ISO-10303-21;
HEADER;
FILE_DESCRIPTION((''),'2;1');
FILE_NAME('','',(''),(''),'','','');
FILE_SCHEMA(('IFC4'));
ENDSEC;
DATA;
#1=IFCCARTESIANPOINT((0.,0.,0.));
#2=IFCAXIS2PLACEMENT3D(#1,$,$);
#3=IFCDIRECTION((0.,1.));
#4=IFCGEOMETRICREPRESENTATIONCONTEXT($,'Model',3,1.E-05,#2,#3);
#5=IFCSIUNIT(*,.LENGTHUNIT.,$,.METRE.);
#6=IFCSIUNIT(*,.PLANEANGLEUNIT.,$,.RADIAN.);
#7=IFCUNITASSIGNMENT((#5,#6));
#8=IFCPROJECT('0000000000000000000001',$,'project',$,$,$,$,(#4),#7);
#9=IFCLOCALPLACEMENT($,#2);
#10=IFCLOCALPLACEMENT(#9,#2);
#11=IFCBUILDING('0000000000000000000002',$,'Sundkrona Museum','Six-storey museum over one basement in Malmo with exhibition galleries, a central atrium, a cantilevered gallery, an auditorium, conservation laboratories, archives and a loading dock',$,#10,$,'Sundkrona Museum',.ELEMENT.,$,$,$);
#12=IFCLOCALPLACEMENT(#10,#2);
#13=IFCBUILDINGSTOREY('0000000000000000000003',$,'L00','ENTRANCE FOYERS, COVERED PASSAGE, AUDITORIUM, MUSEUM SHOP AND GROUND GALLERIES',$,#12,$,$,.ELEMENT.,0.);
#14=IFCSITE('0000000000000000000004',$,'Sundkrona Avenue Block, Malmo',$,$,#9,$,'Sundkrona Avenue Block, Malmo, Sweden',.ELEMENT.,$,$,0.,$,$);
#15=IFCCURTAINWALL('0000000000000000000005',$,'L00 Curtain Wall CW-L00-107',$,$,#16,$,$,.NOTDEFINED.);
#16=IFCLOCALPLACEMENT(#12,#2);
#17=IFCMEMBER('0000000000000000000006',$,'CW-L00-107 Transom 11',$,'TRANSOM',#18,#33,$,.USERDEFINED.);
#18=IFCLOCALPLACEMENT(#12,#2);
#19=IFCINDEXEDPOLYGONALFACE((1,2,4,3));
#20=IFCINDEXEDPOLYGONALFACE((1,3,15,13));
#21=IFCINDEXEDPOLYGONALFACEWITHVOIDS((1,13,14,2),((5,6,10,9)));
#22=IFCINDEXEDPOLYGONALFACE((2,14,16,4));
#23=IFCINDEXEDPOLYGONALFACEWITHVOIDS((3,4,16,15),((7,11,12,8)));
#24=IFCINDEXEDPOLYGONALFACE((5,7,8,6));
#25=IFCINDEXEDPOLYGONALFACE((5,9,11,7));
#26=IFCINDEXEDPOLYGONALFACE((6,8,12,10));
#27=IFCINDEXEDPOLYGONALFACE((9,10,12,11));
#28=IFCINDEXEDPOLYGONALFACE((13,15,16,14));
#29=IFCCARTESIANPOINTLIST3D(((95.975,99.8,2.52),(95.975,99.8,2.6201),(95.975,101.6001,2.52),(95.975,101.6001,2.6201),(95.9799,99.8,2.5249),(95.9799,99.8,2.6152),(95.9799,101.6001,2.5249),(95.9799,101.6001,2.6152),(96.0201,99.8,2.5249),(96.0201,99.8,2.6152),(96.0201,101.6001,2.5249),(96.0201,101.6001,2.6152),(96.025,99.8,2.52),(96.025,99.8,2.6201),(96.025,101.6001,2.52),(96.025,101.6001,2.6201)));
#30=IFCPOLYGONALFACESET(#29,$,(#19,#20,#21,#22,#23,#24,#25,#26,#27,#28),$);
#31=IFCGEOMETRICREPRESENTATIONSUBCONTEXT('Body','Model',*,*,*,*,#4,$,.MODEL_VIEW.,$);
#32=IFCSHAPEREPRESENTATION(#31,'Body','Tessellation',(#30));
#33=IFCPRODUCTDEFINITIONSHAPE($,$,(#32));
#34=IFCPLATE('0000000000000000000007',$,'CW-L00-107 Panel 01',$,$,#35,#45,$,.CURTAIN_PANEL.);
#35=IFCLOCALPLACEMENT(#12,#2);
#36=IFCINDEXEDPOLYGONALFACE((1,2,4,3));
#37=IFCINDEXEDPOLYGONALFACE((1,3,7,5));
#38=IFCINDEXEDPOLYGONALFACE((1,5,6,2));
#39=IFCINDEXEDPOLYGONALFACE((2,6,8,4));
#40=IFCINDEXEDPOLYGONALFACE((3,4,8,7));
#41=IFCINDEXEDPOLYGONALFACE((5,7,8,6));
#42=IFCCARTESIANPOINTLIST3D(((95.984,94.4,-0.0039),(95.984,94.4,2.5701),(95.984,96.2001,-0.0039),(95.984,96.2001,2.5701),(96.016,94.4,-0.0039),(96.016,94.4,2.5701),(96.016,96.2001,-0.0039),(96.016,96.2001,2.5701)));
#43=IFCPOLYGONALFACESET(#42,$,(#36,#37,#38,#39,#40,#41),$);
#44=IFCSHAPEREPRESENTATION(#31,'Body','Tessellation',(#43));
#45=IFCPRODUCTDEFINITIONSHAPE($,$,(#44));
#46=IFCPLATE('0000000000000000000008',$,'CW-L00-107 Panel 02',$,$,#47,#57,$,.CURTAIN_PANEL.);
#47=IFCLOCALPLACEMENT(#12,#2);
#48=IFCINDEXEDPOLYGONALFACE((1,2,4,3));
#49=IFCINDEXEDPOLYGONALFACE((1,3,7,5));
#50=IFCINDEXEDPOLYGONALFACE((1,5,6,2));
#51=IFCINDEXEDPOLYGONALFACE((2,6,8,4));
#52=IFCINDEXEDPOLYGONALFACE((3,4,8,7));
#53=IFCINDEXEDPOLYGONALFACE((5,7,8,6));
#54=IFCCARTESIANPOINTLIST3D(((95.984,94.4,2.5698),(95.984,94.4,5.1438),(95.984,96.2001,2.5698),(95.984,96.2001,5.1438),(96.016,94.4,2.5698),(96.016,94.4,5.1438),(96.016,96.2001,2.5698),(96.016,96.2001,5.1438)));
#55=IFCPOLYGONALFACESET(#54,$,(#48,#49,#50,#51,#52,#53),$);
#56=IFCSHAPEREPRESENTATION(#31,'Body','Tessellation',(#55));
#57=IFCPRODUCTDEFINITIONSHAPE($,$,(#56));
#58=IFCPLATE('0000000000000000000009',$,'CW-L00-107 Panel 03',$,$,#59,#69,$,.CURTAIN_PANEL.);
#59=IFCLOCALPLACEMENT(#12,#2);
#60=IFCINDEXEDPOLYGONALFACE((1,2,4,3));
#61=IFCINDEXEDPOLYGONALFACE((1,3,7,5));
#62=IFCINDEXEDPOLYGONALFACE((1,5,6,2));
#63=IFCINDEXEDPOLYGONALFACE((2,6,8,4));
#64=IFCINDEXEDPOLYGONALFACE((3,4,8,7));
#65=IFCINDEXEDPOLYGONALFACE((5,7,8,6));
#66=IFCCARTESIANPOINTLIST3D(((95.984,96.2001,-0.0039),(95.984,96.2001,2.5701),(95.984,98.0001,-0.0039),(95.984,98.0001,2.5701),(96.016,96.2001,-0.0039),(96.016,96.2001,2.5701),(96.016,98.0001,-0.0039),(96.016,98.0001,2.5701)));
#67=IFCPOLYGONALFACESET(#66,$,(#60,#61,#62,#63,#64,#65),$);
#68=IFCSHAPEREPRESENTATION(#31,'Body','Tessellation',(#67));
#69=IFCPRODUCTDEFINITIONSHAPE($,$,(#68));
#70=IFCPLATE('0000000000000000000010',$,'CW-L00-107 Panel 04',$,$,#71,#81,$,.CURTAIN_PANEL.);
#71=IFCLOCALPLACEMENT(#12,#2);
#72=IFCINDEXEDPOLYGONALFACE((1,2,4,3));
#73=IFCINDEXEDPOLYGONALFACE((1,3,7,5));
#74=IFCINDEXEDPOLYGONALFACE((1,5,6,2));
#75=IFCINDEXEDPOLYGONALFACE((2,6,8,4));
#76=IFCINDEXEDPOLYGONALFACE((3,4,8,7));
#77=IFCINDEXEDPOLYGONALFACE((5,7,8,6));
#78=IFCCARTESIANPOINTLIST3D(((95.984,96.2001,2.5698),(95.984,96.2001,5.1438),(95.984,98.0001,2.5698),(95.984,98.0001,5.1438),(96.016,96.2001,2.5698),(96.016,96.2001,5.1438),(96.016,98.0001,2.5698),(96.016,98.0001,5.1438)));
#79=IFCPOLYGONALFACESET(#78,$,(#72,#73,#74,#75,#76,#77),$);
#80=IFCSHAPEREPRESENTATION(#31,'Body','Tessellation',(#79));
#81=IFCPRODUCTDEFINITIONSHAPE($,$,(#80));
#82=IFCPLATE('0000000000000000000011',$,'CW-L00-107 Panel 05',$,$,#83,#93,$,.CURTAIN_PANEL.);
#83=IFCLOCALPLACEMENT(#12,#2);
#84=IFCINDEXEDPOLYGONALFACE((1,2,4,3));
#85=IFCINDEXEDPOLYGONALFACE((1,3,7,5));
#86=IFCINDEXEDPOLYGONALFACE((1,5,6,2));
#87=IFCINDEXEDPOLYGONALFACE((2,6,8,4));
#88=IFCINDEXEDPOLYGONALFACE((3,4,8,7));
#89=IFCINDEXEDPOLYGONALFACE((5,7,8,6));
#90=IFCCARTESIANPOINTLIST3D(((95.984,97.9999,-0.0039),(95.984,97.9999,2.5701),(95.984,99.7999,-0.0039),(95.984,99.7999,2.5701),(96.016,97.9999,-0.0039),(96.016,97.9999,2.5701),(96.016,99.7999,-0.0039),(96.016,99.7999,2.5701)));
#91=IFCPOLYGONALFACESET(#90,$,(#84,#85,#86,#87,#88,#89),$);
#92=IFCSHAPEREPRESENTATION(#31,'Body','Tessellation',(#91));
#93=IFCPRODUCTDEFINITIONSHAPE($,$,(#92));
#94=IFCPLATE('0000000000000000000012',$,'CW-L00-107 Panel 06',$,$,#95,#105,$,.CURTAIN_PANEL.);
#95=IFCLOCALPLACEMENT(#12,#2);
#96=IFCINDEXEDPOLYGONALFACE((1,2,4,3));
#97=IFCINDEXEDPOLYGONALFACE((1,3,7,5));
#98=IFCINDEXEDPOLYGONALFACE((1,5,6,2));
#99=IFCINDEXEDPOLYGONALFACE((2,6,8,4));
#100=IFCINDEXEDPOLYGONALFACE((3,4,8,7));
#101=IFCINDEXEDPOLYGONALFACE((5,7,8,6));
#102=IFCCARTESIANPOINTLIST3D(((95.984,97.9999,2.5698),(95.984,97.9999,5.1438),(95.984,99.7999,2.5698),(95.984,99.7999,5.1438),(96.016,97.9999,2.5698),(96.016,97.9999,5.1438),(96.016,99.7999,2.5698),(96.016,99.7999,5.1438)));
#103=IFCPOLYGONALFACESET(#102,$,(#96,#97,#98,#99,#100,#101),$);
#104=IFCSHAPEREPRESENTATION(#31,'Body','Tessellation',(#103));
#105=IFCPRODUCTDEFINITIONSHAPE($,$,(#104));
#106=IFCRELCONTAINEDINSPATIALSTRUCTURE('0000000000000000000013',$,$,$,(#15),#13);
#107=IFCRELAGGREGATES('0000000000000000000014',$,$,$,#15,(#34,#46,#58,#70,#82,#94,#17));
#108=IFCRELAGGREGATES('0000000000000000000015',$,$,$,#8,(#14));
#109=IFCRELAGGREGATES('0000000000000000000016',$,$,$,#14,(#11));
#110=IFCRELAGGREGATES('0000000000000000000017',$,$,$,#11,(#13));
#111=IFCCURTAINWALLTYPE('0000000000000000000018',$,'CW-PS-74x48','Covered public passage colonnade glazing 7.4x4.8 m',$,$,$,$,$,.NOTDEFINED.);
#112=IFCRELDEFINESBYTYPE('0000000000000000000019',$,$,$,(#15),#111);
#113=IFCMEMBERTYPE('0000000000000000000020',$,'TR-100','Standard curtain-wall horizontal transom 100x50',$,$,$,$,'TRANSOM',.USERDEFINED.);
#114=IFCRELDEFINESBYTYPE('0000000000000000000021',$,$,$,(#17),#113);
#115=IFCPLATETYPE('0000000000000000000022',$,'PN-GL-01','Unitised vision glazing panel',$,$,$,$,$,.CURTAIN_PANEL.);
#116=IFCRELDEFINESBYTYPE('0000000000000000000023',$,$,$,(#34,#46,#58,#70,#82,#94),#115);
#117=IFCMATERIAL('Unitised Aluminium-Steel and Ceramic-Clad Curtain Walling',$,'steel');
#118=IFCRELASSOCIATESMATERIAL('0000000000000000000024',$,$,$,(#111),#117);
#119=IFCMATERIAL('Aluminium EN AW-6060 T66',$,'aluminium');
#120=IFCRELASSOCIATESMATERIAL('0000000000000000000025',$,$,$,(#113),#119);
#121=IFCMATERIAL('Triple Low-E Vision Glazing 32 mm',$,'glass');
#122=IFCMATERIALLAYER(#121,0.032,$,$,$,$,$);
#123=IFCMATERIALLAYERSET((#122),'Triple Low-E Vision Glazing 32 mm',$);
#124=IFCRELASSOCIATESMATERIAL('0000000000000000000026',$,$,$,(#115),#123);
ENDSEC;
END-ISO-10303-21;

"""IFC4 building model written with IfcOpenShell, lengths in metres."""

from ifc_helpers import new_model, si_unit, direction, frame, origin, origin_2d, place, context, subcontext, project, spatial, rectangle, hollow_rectangle, extrude, material, layer, layer_set, material_profile, profile_set, type_object, element, aggregate, save


model = new_model("IFC4")

# Units and contexts
model_context = context("Model", 3, precision=1e-05, world=origin(), true_north=direction((0.0, 1.0)))
body_context = subcontext(model_context, "Body", "Model", "MODEL_VIEW")
ifc_project = project(units=[si_unit("LENGTHUNIT", "METRE"), si_unit("PLANEANGLEUNIT", "RADIAN")], contexts=[model_context])

# Site, building, storey
site_placement = place(None, origin())
site = spatial("IfcSite", under=ifc_project, at=site_placement, Name="Sundkrona Avenue Block, Malmo", LongName="Sundkrona Avenue Block, Malmo, Sweden", CompositionType="ELEMENT", RefElevation=0.0)
building_placement = place(site_placement, origin())
building = spatial("IfcBuilding", under=site, at=building_placement, Name="Sundkrona Museum", Description="Six-storey museum over one basement in Malmo with exhibition galleries, a central atrium, a cantilevered gallery, an auditorium, conservation laboratories, archives and a loading dock", LongName="Sundkrona Museum", CompositionType="ELEMENT")
storey_placement = place(building_placement, origin())
storey = spatial("IfcBuildingStorey", under=building, at=storey_placement, Name="L00", Description="ENTRANCE FOYERS, COVERED PASSAGE, AUDITORIUM, MUSEUM SHOP AND GROUND GALLERIES", CompositionType="ELEMENT", Elevation=0.0)

# Curtain wall, member, plates
ifc_material_1 = material(Name="Unitised Aluminium-Steel and Ceramic-Clad Curtain Walling", Category="steel")
curtain_wall_type = type_object("IfcCurtainWallType", Name="CW-PS-74x48", Description="Covered public passage colonnade glazing 7.4x4.8 m", PredefinedType="NOTDEFINED", material=ifc_material_1)
curtain_wall_placement = place(storey_placement, origin())
curtain_wall = element("IfcCurtainWall", 1, at=curtain_wall_placement, inside=storey, type_object=curtain_wall_type, Name="L00 Curtain Wall CW-L00-107", PredefinedType="NOTDEFINED")
ifc_material_2 = material(Name="Aluminium EN AW-6060 T66", Category="aluminium")
ifc_material_profile_1 = material_profile(ifc_material_2, hollow_rectangle(XDim=0.05, YDim=0.1001, WallThickness=0.0049, at=origin_2d()), Name="RHS 100x50x5.0")
ifc_profile_set_1 = profile_set([ifc_material_profile_1], Name="Aluminium EN AW-6060 T66")
member_type_1 = type_object("IfcMemberType", Name="TR-100", Description="Standard curtain-wall horizontal transom 100x50", ElementType="TRANSOM", PredefinedType="USERDEFINED", material=ifc_profile_set_1)
member_1_placement = place(storey_placement, frame((96.0, 99.8, 2.5701), z_axis=(0.0, 1.0, 0.0), x_axis=(-1.0, 0.0, 0.0)))
member_1 = element("IfcMember", 2, at=member_1_placement, type_object=member_type_1, Name="CW-L00-107 Transom 11", ObjectType="TRANSOM", PredefinedType="USERDEFINED", context=body_context, shape_type="SweptSolid", body=[
    extrude(hollow_rectangle(XDim=0.05, YDim=0.1001, WallThickness=0.0049, at=origin_2d()), origin(), (0.0, 0.0, 1.0), 1.8),
])
ifc_material_3 = material(Name="Triple Low-E Vision Glazing 32 mm", Category="glass")
ifc_layer = layer(ifc_material_3, 0.032)
ifc_layer_set = layer_set([ifc_layer], Name="Triple Low-E Vision Glazing 32 mm")
plate_type = type_object("IfcPlateType", Name="PN-GL-01", Description="Unitised vision glazing panel", PredefinedType="CURTAIN_PANEL", material=ifc_layer_set)
plate_1_placement = place(storey_placement, frame((96.0, 95.3, -0.0039), z_axis=(0.0, 0.0, 1.0), x_axis=(0.0, 1.0, 0.0)))
plate_1 = element("IfcPlate", 3, at=plate_1_placement, type_object=plate_type, Name="CW-L00-107 Panel 01", PredefinedType="CURTAIN_PANEL", context=body_context, shape_type="SweptSolid", body=[
    extrude(rectangle(XDim=1.8, YDim=0.032, at=origin_2d()), origin(), (0.0, 0.0, 1.0), 2.574),
])
plate_2_placement = place(storey_placement, frame((96.0, 95.3, 2.5698), z_axis=(0.0, 0.0, 1.0), x_axis=(0.0, 1.0, 0.0)))
plate_2 = element("IfcPlate", 4, at=plate_2_placement, type_object=plate_type, Name="CW-L00-107 Panel 02", PredefinedType="CURTAIN_PANEL", context=body_context, shape_type="SweptSolid", body=[
    extrude(rectangle(XDim=1.8, YDim=0.032, at=origin_2d()), origin(), (0.0, 0.0, 1.0), 2.574),
])
plate_3_placement = place(storey_placement, frame((96.0, 97.1001, -0.0039), z_axis=(0.0, 0.0, 1.0), x_axis=(0.0, 1.0, 0.0)))
plate_3 = element("IfcPlate", 5, at=plate_3_placement, type_object=plate_type, Name="CW-L00-107 Panel 03", PredefinedType="CURTAIN_PANEL", context=body_context, shape_type="SweptSolid", body=[
    extrude(rectangle(XDim=1.8, YDim=0.032, at=origin_2d()), origin(), (0.0, 0.0, 1.0), 2.574),
])
plate_4_placement = place(storey_placement, frame((96.0, 97.1001, 2.5698), z_axis=(0.0, 0.0, 1.0), x_axis=(0.0, 1.0, 0.0)))
plate_4 = element("IfcPlate", 6, at=plate_4_placement, type_object=plate_type, Name="CW-L00-107 Panel 04", PredefinedType="CURTAIN_PANEL", context=body_context, shape_type="SweptSolid", body=[
    extrude(rectangle(XDim=1.8, YDim=0.032, at=origin_2d()), origin(), (0.0, 0.0, 1.0), 2.574),
])
plate_5_placement = place(storey_placement, frame((96.0, 98.8999, -0.0039), z_axis=(0.0, 0.0, 1.0), x_axis=(0.0, 1.0, 0.0)))
plate_5 = element("IfcPlate", 7, at=plate_5_placement, type_object=plate_type, Name="CW-L00-107 Panel 05", PredefinedType="CURTAIN_PANEL", context=body_context, shape_type="SweptSolid", body=[
    extrude(rectangle(XDim=1.8, YDim=0.032, at=origin_2d()), origin(), (0.0, 0.0, 1.0), 2.574),
])
plate_6_placement = place(storey_placement, frame((96.0, 98.8999, 2.5698), z_axis=(0.0, 0.0, 1.0), x_axis=(0.0, 1.0, 0.0)))
plate_6 = element("IfcPlate", 8, at=plate_6_placement, type_object=plate_type, Name="CW-L00-107 Panel 06", PredefinedType="CURTAIN_PANEL", context=body_context, shape_type="SweptSolid", body=[
    extrude(rectangle(XDim=1.8, YDim=0.032, at=origin_2d()), origin(), (0.0, 0.0, 1.0), 2.574),
])
aggregate(curtain_wall, [plate_1, plate_2, plate_3, plate_4, plate_5, plate_6, member_1])

save(model, "model.ifc")
